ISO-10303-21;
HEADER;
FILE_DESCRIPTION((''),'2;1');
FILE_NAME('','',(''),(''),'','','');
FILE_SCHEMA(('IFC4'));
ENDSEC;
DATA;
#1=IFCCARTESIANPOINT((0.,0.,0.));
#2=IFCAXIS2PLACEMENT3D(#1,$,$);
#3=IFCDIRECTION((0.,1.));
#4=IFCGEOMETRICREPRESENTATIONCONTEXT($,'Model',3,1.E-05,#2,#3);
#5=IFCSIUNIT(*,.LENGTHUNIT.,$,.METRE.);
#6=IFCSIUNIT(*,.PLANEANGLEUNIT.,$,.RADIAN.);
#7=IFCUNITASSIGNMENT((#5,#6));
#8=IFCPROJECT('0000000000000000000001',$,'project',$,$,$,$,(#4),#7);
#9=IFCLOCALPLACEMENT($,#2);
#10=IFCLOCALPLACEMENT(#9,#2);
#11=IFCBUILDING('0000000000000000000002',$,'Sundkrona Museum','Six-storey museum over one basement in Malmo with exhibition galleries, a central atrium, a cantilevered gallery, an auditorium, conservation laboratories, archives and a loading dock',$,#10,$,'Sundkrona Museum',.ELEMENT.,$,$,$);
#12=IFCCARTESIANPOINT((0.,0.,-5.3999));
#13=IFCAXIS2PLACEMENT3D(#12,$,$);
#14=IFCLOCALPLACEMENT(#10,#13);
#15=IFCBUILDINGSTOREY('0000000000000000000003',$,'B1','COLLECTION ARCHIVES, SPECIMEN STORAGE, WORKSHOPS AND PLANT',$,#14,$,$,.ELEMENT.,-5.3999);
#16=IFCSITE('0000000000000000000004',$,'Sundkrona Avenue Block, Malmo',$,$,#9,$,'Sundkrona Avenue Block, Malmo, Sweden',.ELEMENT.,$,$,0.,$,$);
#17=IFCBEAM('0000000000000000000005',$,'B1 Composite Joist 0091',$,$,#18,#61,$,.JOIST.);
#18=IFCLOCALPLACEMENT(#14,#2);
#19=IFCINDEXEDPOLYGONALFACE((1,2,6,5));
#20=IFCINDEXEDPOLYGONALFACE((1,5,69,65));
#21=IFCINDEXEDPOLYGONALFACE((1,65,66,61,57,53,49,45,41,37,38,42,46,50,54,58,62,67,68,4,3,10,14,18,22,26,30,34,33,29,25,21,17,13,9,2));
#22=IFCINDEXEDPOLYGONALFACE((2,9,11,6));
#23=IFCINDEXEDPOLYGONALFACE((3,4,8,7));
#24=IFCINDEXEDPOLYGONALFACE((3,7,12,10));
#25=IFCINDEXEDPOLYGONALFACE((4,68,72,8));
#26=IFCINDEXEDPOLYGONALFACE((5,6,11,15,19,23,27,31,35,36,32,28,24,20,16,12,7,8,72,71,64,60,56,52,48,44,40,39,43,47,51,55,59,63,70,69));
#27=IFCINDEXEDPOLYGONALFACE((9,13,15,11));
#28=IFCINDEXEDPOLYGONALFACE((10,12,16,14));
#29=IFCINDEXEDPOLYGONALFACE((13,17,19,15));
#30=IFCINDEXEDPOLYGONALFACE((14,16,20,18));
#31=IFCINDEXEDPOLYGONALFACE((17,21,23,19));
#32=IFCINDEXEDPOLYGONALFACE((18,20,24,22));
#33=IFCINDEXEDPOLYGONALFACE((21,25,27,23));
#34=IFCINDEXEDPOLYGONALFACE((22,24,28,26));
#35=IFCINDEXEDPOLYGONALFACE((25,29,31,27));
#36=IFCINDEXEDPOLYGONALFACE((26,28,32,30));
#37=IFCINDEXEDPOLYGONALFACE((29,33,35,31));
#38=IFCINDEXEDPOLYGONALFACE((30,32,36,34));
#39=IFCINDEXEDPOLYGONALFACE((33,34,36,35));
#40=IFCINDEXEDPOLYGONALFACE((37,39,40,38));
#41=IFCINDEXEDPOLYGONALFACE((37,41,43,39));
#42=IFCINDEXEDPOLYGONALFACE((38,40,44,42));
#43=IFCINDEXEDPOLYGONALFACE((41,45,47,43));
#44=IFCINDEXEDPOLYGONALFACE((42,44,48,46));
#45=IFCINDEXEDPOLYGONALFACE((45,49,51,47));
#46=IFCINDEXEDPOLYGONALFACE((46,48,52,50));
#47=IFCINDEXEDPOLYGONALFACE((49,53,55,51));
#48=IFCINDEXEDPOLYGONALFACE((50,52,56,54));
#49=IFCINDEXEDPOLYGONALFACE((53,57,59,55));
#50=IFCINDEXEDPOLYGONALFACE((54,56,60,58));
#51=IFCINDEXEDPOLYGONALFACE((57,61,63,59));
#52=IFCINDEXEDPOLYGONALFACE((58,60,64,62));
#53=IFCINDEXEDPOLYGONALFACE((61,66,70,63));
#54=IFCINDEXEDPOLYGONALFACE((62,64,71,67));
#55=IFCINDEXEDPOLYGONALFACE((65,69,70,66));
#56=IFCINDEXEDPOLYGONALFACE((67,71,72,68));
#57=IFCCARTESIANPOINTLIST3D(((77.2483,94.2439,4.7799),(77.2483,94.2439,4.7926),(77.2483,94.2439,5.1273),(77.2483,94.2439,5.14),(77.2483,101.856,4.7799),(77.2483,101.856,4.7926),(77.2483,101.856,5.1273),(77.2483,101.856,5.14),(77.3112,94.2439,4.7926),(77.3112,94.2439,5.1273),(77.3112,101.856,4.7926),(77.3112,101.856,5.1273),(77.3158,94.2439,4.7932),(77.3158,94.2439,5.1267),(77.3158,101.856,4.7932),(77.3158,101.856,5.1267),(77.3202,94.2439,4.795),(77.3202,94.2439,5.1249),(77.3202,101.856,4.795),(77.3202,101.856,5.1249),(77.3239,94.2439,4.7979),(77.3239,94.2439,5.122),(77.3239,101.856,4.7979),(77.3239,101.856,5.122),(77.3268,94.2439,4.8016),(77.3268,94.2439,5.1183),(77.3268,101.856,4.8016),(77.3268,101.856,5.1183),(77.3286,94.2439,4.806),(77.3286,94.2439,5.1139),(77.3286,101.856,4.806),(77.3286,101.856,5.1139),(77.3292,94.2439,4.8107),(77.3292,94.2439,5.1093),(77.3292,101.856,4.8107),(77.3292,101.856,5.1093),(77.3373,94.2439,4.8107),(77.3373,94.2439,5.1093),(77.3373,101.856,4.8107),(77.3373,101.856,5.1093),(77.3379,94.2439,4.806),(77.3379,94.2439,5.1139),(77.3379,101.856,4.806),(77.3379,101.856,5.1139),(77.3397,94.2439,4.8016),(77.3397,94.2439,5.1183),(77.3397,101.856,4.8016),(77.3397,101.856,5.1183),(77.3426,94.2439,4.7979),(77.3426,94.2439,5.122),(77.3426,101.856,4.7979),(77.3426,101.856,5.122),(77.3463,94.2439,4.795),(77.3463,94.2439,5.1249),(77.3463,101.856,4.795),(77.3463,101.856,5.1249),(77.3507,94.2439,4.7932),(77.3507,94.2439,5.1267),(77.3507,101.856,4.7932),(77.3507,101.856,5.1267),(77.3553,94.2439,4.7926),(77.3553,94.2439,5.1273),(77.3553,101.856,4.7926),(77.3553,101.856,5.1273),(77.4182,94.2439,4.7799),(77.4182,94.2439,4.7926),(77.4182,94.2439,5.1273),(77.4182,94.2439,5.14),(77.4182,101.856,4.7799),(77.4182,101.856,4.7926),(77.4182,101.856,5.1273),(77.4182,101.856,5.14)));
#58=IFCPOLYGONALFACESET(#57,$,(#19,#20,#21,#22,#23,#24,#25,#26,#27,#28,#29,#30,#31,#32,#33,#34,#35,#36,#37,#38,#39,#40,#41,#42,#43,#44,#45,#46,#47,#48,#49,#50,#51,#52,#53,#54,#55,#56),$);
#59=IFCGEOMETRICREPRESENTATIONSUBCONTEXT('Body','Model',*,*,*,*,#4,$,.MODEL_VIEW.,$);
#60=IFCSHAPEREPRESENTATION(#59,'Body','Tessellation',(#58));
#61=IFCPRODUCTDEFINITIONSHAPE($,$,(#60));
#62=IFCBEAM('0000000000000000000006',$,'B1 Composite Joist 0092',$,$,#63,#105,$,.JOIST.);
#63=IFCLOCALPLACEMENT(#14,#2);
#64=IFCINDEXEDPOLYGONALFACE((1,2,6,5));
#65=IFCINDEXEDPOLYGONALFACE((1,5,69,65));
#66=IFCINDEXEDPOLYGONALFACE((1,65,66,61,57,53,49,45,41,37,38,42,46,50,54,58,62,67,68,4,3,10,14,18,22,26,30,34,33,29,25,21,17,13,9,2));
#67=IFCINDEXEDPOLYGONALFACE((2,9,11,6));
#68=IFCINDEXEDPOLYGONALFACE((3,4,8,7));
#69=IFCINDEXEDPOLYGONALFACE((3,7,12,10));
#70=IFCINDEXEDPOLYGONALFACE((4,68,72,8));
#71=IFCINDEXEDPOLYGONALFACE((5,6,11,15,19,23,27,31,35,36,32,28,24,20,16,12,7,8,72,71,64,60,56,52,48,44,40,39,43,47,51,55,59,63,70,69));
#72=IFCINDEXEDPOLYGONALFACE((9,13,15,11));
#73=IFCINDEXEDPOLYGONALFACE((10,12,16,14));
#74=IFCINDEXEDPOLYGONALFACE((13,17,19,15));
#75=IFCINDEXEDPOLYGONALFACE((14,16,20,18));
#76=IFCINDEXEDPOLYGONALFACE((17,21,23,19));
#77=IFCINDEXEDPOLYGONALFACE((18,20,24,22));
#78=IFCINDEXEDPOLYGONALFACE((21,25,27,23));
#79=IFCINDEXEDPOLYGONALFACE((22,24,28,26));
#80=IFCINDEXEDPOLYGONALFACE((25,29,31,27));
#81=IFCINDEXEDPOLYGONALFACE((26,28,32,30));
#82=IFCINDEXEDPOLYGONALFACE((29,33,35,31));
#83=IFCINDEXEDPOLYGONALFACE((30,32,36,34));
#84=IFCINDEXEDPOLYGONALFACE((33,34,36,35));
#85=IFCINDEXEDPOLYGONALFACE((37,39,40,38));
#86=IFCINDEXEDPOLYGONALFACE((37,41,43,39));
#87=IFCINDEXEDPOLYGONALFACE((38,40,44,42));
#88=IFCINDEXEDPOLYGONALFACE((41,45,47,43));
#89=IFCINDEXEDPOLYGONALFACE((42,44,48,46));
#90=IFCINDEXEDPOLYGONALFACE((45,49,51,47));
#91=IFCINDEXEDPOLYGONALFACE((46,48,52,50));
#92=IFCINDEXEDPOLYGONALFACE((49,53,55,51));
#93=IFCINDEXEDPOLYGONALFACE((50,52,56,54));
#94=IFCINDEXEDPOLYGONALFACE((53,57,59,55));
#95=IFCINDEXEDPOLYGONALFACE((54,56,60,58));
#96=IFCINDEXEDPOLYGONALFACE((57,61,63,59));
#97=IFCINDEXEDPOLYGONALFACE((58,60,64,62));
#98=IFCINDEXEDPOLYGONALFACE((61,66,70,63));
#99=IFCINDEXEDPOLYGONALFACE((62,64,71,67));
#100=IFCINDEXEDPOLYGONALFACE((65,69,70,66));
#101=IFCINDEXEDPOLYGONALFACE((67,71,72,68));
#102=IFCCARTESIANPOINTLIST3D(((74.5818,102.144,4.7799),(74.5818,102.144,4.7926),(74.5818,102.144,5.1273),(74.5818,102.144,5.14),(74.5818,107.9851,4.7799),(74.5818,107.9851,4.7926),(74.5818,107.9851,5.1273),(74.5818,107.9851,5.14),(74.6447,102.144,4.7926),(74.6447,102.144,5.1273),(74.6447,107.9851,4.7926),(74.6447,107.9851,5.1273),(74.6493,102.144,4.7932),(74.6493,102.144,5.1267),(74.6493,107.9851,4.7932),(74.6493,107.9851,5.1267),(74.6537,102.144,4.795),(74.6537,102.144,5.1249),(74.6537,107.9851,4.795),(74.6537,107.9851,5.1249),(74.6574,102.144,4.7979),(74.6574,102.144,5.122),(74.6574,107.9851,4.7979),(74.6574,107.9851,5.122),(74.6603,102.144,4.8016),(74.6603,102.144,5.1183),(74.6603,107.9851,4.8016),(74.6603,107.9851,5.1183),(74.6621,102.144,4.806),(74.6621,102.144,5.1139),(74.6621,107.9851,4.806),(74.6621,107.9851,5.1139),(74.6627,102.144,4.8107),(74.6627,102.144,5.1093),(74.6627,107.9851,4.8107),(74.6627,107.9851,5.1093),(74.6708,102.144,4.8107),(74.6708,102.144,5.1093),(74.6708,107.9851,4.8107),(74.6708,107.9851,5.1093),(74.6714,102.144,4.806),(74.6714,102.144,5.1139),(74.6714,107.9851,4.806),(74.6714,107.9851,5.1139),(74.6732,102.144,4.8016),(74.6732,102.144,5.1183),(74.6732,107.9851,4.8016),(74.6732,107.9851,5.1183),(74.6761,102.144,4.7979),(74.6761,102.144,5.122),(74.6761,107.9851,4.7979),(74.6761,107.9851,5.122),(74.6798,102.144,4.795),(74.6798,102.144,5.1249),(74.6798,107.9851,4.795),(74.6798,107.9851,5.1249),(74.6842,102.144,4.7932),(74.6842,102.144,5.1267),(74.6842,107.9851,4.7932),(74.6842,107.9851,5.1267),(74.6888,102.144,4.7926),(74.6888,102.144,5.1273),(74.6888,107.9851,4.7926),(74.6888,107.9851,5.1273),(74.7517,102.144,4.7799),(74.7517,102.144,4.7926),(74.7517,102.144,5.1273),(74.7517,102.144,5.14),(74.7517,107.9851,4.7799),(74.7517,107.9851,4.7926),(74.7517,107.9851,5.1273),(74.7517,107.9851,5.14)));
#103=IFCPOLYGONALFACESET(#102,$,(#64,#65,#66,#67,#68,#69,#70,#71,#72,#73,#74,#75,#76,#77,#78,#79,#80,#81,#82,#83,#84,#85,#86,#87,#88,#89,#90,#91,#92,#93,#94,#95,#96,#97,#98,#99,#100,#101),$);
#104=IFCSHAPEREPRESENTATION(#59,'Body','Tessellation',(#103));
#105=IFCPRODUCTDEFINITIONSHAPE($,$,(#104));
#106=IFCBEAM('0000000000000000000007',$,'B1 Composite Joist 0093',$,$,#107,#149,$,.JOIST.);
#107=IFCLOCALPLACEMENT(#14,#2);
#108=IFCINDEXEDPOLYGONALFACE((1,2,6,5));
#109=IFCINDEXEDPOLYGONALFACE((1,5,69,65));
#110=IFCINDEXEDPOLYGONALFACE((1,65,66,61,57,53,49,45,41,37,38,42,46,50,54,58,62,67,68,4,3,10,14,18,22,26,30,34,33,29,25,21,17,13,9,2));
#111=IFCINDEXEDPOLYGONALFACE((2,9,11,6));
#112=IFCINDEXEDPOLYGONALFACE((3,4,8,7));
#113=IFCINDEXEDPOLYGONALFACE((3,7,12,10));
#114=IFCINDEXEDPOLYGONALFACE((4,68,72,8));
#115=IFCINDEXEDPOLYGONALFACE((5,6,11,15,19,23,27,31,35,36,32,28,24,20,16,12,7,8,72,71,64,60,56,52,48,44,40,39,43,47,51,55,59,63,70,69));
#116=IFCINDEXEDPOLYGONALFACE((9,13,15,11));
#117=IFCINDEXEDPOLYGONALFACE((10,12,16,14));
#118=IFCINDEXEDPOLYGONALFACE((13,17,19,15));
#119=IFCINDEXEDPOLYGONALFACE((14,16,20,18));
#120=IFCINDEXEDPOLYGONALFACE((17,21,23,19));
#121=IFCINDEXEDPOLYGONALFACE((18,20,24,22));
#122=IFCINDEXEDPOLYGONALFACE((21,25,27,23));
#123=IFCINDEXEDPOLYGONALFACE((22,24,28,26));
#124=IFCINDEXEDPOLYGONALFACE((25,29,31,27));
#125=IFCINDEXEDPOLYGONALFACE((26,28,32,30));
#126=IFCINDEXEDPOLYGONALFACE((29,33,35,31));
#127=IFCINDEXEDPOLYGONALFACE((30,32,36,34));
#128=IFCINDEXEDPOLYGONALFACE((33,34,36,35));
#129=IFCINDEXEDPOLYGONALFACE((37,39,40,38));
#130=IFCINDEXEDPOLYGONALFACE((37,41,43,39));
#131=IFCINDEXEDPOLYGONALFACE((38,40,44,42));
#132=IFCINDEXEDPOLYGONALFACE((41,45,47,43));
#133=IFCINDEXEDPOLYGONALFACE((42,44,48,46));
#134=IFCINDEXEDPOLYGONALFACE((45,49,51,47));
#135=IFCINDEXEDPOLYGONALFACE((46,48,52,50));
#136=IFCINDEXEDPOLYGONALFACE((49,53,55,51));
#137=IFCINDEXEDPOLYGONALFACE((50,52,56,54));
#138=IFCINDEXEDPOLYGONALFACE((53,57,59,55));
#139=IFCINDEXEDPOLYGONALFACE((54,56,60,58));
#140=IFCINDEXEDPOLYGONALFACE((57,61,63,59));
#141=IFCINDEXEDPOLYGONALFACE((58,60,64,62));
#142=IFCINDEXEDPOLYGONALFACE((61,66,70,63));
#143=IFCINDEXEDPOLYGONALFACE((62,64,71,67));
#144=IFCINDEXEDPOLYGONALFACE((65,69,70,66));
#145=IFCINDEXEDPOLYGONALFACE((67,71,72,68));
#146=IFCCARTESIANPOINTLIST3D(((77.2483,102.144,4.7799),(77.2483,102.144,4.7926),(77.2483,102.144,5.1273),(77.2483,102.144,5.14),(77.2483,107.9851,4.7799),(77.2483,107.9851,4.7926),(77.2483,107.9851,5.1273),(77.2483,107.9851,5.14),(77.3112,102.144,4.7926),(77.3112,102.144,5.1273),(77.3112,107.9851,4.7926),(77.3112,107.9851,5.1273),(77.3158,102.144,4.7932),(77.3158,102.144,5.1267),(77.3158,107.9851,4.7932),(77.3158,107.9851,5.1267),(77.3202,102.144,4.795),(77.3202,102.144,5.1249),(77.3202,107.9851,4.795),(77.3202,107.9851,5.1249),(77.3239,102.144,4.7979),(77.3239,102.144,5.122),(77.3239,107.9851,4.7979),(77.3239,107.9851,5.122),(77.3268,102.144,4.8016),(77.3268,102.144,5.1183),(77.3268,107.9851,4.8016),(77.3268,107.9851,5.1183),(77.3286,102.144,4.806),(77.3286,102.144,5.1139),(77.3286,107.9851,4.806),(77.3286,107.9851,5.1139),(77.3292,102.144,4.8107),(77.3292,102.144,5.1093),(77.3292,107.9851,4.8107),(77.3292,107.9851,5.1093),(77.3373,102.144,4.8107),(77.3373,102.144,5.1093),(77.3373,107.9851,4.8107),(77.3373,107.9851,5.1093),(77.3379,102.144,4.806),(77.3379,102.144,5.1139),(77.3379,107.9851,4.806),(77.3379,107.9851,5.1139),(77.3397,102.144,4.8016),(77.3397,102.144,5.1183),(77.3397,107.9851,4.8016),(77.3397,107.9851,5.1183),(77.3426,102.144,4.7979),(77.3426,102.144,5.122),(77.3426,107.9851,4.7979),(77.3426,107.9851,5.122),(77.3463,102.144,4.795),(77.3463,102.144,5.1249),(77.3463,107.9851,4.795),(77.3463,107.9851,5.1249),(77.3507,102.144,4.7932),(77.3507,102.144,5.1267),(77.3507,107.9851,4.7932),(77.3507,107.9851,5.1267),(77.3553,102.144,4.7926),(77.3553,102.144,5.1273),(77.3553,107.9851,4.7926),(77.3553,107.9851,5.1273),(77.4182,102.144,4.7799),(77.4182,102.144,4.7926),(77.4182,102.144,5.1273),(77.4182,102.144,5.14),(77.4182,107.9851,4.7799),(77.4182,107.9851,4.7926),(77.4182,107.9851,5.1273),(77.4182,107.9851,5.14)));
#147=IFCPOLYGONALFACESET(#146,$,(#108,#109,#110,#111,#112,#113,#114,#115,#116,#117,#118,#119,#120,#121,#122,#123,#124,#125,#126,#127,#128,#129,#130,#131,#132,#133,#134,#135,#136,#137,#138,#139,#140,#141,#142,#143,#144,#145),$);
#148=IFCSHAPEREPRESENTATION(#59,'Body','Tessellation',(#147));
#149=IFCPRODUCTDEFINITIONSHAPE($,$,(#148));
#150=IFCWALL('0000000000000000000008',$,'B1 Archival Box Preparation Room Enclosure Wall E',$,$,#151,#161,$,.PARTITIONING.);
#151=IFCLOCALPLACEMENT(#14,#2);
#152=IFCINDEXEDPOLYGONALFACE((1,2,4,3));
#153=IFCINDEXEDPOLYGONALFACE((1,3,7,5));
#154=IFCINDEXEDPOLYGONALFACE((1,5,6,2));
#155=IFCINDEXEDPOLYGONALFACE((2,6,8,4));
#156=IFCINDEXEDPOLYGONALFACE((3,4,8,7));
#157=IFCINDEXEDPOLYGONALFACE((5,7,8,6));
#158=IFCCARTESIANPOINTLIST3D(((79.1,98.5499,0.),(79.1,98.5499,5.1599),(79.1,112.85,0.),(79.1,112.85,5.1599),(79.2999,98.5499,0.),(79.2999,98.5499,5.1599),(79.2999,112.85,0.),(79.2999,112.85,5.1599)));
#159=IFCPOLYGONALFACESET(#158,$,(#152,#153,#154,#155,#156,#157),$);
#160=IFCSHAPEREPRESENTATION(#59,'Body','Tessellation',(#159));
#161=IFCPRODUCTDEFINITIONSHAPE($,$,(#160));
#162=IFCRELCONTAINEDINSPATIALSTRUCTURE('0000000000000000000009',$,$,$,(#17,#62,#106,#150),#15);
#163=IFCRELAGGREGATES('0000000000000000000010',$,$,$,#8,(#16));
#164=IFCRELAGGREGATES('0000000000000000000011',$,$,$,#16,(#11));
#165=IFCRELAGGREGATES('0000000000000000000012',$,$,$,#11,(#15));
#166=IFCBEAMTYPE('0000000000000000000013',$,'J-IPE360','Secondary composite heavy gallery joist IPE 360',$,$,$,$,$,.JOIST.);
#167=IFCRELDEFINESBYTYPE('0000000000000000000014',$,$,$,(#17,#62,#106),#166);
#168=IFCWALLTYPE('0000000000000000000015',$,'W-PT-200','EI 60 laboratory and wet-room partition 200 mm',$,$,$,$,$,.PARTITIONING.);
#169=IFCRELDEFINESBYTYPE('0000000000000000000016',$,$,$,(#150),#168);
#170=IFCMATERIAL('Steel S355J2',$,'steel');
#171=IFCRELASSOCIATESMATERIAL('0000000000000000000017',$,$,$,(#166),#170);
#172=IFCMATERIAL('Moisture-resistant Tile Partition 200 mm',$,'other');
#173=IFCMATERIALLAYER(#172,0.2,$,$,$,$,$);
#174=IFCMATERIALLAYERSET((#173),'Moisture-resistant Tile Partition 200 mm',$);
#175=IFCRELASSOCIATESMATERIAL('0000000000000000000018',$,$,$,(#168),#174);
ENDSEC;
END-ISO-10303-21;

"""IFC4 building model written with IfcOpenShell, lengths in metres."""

from ifc_helpers import new_model, si_unit, direction, frame, frame_2d, origin, origin_2d, place, context, subcontext, project, spatial, rectangle, i_section, extrude, material, layer, layer_set, material_profile, profile_set, type_object, element, save


model = new_model("IFC4")

# Units and contexts
model_context = context("Model", 3, precision=1e-05, world=origin(), true_north=direction((0.0, 1.0)))
body_context = subcontext(model_context, "Body", "Model", "MODEL_VIEW")
ifc_project = project(units=[si_unit("LENGTHUNIT", "METRE"), si_unit("PLANEANGLEUNIT", "RADIAN")], contexts=[model_context])

# Site, building, storey
site_placement = place(None, origin())
site = spatial("IfcSite", under=ifc_project, at=site_placement, Name="Sundkrona Avenue Block, Malmo", LongName="Sundkrona Avenue Block, Malmo, Sweden", CompositionType="ELEMENT", RefElevation=0.0)
building_placement = place(site_placement, origin())
building = spatial("IfcBuilding", under=site, at=building_placement, Name="Sundkrona Museum", Description="Six-storey museum over one basement in Malmo with exhibition galleries, a central atrium, a cantilevered gallery, an auditorium, conservation laboratories, archives and a loading dock", LongName="Sundkrona Museum", CompositionType="ELEMENT")
storey_placement = place(building_placement, frame((0.0, 0.0, -5.3999)))
storey = spatial("IfcBuildingStorey", under=building, at=storey_placement, Name="B1", Description="COLLECTION ARCHIVES, SPECIMEN STORAGE, WORKSHOPS AND PLANT", CompositionType="ELEMENT", Elevation=-5.3999)

# Beams
ifc_material_1 = material(Name="Steel S355J2", Category="steel")
ifc_material_profile_1 = material_profile(ifc_material_1, i_section(OverallWidth=0.1699, OverallDepth=0.3601, WebThickness=0.0081, FlangeThickness=0.0127, FilletRadius=0.0181, at=origin_2d()), Name="IPE 360")
ifc_profile_set_1 = profile_set([ifc_material_profile_1], Name="Steel S355J2")
beam_type_1 = type_object("IfcBeamType", Name="J-IPE360", Description="Secondary composite heavy gallery joist IPE 360", PredefinedType="JOIST", material=ifc_profile_set_1)
beam_1_placement = place(storey_placement, frame((77.3333, 94.2439, 4.96), z_axis=(0.0, 1.0, 0.0), x_axis=(-1.0, 0.0, 0.0)))
element("IfcBeam", 1, at=beam_1_placement, inside=storey, type_object=beam_type_1, Name="B1 Composite Joist 0091", PredefinedType="JOIST", context=body_context, shape_type="SweptSolid", body=[
    extrude(i_section(OverallWidth=0.1699, OverallDepth=0.3601, WebThickness=0.0081, FlangeThickness=0.0127, FilletRadius=0.0181, at=origin_2d()), origin(), (0.0, 0.0, 1.0), 7.6121),
])
for number, where, z_axis, x_axis, name in (
    (2, (74.6667, 102.144, 4.96), (0.0, 1.0, 0.0), (-1.0, 0.0, 0.0), "B1 Composite Joist 0092"),
    (3, (77.3333, 102.144, 4.96), (0.0, 1.0, 0.0), (-1.0, 0.0, 0.0), "B1 Composite Joist 0093"),
):
    element("IfcBeam", number, at=place(storey_placement, frame(where, z_axis=z_axis, x_axis=x_axis)), inside=storey, type_object=beam_type_1, Name=name, PredefinedType="JOIST", context=body_context, shape_type="SweptSolid", body=[
        extrude(i_section(OverallWidth=0.1699, OverallDepth=0.3601, WebThickness=0.0081, FlangeThickness=0.0127, FilletRadius=0.0181, at=origin_2d()), origin(), (0.0, 0.0, 1.0), 5.8411),
    ])

# Wall
ifc_material_2 = material(Name="Moisture-resistant Tile Partition 200 mm", Category="other")
ifc_layer = layer(ifc_material_2, 0.2)
ifc_layer_set = layer_set([ifc_layer], Name="Moisture-resistant Tile Partition 200 mm")
wall_type = type_object("IfcWallType", Name="W-PT-200", Description="EI 60 laboratory and wet-room partition 200 mm", PredefinedType="PARTITIONING", material=ifc_layer_set)
wall_placement = place(storey_placement, frame((79.2, 98.55, 0.0), z_axis=(0.0, 0.0, 1.0), x_axis=(0.0, 1.0, 0.0)))
element("IfcWall", 4, at=wall_placement, inside=storey, type_object=wall_type, Name="B1 Archival Box Preparation Room Enclosure Wall E", PredefinedType="PARTITIONING", context=body_context, shape_type="SweptSolid", body=[
    extrude(rectangle(XDim=14.3, YDim=0.2, at=frame_2d((7.1499, 0.0))), origin(), (0.0, 0.0, 1.0), 5.1599),
])

save(model, "model.ifc")
